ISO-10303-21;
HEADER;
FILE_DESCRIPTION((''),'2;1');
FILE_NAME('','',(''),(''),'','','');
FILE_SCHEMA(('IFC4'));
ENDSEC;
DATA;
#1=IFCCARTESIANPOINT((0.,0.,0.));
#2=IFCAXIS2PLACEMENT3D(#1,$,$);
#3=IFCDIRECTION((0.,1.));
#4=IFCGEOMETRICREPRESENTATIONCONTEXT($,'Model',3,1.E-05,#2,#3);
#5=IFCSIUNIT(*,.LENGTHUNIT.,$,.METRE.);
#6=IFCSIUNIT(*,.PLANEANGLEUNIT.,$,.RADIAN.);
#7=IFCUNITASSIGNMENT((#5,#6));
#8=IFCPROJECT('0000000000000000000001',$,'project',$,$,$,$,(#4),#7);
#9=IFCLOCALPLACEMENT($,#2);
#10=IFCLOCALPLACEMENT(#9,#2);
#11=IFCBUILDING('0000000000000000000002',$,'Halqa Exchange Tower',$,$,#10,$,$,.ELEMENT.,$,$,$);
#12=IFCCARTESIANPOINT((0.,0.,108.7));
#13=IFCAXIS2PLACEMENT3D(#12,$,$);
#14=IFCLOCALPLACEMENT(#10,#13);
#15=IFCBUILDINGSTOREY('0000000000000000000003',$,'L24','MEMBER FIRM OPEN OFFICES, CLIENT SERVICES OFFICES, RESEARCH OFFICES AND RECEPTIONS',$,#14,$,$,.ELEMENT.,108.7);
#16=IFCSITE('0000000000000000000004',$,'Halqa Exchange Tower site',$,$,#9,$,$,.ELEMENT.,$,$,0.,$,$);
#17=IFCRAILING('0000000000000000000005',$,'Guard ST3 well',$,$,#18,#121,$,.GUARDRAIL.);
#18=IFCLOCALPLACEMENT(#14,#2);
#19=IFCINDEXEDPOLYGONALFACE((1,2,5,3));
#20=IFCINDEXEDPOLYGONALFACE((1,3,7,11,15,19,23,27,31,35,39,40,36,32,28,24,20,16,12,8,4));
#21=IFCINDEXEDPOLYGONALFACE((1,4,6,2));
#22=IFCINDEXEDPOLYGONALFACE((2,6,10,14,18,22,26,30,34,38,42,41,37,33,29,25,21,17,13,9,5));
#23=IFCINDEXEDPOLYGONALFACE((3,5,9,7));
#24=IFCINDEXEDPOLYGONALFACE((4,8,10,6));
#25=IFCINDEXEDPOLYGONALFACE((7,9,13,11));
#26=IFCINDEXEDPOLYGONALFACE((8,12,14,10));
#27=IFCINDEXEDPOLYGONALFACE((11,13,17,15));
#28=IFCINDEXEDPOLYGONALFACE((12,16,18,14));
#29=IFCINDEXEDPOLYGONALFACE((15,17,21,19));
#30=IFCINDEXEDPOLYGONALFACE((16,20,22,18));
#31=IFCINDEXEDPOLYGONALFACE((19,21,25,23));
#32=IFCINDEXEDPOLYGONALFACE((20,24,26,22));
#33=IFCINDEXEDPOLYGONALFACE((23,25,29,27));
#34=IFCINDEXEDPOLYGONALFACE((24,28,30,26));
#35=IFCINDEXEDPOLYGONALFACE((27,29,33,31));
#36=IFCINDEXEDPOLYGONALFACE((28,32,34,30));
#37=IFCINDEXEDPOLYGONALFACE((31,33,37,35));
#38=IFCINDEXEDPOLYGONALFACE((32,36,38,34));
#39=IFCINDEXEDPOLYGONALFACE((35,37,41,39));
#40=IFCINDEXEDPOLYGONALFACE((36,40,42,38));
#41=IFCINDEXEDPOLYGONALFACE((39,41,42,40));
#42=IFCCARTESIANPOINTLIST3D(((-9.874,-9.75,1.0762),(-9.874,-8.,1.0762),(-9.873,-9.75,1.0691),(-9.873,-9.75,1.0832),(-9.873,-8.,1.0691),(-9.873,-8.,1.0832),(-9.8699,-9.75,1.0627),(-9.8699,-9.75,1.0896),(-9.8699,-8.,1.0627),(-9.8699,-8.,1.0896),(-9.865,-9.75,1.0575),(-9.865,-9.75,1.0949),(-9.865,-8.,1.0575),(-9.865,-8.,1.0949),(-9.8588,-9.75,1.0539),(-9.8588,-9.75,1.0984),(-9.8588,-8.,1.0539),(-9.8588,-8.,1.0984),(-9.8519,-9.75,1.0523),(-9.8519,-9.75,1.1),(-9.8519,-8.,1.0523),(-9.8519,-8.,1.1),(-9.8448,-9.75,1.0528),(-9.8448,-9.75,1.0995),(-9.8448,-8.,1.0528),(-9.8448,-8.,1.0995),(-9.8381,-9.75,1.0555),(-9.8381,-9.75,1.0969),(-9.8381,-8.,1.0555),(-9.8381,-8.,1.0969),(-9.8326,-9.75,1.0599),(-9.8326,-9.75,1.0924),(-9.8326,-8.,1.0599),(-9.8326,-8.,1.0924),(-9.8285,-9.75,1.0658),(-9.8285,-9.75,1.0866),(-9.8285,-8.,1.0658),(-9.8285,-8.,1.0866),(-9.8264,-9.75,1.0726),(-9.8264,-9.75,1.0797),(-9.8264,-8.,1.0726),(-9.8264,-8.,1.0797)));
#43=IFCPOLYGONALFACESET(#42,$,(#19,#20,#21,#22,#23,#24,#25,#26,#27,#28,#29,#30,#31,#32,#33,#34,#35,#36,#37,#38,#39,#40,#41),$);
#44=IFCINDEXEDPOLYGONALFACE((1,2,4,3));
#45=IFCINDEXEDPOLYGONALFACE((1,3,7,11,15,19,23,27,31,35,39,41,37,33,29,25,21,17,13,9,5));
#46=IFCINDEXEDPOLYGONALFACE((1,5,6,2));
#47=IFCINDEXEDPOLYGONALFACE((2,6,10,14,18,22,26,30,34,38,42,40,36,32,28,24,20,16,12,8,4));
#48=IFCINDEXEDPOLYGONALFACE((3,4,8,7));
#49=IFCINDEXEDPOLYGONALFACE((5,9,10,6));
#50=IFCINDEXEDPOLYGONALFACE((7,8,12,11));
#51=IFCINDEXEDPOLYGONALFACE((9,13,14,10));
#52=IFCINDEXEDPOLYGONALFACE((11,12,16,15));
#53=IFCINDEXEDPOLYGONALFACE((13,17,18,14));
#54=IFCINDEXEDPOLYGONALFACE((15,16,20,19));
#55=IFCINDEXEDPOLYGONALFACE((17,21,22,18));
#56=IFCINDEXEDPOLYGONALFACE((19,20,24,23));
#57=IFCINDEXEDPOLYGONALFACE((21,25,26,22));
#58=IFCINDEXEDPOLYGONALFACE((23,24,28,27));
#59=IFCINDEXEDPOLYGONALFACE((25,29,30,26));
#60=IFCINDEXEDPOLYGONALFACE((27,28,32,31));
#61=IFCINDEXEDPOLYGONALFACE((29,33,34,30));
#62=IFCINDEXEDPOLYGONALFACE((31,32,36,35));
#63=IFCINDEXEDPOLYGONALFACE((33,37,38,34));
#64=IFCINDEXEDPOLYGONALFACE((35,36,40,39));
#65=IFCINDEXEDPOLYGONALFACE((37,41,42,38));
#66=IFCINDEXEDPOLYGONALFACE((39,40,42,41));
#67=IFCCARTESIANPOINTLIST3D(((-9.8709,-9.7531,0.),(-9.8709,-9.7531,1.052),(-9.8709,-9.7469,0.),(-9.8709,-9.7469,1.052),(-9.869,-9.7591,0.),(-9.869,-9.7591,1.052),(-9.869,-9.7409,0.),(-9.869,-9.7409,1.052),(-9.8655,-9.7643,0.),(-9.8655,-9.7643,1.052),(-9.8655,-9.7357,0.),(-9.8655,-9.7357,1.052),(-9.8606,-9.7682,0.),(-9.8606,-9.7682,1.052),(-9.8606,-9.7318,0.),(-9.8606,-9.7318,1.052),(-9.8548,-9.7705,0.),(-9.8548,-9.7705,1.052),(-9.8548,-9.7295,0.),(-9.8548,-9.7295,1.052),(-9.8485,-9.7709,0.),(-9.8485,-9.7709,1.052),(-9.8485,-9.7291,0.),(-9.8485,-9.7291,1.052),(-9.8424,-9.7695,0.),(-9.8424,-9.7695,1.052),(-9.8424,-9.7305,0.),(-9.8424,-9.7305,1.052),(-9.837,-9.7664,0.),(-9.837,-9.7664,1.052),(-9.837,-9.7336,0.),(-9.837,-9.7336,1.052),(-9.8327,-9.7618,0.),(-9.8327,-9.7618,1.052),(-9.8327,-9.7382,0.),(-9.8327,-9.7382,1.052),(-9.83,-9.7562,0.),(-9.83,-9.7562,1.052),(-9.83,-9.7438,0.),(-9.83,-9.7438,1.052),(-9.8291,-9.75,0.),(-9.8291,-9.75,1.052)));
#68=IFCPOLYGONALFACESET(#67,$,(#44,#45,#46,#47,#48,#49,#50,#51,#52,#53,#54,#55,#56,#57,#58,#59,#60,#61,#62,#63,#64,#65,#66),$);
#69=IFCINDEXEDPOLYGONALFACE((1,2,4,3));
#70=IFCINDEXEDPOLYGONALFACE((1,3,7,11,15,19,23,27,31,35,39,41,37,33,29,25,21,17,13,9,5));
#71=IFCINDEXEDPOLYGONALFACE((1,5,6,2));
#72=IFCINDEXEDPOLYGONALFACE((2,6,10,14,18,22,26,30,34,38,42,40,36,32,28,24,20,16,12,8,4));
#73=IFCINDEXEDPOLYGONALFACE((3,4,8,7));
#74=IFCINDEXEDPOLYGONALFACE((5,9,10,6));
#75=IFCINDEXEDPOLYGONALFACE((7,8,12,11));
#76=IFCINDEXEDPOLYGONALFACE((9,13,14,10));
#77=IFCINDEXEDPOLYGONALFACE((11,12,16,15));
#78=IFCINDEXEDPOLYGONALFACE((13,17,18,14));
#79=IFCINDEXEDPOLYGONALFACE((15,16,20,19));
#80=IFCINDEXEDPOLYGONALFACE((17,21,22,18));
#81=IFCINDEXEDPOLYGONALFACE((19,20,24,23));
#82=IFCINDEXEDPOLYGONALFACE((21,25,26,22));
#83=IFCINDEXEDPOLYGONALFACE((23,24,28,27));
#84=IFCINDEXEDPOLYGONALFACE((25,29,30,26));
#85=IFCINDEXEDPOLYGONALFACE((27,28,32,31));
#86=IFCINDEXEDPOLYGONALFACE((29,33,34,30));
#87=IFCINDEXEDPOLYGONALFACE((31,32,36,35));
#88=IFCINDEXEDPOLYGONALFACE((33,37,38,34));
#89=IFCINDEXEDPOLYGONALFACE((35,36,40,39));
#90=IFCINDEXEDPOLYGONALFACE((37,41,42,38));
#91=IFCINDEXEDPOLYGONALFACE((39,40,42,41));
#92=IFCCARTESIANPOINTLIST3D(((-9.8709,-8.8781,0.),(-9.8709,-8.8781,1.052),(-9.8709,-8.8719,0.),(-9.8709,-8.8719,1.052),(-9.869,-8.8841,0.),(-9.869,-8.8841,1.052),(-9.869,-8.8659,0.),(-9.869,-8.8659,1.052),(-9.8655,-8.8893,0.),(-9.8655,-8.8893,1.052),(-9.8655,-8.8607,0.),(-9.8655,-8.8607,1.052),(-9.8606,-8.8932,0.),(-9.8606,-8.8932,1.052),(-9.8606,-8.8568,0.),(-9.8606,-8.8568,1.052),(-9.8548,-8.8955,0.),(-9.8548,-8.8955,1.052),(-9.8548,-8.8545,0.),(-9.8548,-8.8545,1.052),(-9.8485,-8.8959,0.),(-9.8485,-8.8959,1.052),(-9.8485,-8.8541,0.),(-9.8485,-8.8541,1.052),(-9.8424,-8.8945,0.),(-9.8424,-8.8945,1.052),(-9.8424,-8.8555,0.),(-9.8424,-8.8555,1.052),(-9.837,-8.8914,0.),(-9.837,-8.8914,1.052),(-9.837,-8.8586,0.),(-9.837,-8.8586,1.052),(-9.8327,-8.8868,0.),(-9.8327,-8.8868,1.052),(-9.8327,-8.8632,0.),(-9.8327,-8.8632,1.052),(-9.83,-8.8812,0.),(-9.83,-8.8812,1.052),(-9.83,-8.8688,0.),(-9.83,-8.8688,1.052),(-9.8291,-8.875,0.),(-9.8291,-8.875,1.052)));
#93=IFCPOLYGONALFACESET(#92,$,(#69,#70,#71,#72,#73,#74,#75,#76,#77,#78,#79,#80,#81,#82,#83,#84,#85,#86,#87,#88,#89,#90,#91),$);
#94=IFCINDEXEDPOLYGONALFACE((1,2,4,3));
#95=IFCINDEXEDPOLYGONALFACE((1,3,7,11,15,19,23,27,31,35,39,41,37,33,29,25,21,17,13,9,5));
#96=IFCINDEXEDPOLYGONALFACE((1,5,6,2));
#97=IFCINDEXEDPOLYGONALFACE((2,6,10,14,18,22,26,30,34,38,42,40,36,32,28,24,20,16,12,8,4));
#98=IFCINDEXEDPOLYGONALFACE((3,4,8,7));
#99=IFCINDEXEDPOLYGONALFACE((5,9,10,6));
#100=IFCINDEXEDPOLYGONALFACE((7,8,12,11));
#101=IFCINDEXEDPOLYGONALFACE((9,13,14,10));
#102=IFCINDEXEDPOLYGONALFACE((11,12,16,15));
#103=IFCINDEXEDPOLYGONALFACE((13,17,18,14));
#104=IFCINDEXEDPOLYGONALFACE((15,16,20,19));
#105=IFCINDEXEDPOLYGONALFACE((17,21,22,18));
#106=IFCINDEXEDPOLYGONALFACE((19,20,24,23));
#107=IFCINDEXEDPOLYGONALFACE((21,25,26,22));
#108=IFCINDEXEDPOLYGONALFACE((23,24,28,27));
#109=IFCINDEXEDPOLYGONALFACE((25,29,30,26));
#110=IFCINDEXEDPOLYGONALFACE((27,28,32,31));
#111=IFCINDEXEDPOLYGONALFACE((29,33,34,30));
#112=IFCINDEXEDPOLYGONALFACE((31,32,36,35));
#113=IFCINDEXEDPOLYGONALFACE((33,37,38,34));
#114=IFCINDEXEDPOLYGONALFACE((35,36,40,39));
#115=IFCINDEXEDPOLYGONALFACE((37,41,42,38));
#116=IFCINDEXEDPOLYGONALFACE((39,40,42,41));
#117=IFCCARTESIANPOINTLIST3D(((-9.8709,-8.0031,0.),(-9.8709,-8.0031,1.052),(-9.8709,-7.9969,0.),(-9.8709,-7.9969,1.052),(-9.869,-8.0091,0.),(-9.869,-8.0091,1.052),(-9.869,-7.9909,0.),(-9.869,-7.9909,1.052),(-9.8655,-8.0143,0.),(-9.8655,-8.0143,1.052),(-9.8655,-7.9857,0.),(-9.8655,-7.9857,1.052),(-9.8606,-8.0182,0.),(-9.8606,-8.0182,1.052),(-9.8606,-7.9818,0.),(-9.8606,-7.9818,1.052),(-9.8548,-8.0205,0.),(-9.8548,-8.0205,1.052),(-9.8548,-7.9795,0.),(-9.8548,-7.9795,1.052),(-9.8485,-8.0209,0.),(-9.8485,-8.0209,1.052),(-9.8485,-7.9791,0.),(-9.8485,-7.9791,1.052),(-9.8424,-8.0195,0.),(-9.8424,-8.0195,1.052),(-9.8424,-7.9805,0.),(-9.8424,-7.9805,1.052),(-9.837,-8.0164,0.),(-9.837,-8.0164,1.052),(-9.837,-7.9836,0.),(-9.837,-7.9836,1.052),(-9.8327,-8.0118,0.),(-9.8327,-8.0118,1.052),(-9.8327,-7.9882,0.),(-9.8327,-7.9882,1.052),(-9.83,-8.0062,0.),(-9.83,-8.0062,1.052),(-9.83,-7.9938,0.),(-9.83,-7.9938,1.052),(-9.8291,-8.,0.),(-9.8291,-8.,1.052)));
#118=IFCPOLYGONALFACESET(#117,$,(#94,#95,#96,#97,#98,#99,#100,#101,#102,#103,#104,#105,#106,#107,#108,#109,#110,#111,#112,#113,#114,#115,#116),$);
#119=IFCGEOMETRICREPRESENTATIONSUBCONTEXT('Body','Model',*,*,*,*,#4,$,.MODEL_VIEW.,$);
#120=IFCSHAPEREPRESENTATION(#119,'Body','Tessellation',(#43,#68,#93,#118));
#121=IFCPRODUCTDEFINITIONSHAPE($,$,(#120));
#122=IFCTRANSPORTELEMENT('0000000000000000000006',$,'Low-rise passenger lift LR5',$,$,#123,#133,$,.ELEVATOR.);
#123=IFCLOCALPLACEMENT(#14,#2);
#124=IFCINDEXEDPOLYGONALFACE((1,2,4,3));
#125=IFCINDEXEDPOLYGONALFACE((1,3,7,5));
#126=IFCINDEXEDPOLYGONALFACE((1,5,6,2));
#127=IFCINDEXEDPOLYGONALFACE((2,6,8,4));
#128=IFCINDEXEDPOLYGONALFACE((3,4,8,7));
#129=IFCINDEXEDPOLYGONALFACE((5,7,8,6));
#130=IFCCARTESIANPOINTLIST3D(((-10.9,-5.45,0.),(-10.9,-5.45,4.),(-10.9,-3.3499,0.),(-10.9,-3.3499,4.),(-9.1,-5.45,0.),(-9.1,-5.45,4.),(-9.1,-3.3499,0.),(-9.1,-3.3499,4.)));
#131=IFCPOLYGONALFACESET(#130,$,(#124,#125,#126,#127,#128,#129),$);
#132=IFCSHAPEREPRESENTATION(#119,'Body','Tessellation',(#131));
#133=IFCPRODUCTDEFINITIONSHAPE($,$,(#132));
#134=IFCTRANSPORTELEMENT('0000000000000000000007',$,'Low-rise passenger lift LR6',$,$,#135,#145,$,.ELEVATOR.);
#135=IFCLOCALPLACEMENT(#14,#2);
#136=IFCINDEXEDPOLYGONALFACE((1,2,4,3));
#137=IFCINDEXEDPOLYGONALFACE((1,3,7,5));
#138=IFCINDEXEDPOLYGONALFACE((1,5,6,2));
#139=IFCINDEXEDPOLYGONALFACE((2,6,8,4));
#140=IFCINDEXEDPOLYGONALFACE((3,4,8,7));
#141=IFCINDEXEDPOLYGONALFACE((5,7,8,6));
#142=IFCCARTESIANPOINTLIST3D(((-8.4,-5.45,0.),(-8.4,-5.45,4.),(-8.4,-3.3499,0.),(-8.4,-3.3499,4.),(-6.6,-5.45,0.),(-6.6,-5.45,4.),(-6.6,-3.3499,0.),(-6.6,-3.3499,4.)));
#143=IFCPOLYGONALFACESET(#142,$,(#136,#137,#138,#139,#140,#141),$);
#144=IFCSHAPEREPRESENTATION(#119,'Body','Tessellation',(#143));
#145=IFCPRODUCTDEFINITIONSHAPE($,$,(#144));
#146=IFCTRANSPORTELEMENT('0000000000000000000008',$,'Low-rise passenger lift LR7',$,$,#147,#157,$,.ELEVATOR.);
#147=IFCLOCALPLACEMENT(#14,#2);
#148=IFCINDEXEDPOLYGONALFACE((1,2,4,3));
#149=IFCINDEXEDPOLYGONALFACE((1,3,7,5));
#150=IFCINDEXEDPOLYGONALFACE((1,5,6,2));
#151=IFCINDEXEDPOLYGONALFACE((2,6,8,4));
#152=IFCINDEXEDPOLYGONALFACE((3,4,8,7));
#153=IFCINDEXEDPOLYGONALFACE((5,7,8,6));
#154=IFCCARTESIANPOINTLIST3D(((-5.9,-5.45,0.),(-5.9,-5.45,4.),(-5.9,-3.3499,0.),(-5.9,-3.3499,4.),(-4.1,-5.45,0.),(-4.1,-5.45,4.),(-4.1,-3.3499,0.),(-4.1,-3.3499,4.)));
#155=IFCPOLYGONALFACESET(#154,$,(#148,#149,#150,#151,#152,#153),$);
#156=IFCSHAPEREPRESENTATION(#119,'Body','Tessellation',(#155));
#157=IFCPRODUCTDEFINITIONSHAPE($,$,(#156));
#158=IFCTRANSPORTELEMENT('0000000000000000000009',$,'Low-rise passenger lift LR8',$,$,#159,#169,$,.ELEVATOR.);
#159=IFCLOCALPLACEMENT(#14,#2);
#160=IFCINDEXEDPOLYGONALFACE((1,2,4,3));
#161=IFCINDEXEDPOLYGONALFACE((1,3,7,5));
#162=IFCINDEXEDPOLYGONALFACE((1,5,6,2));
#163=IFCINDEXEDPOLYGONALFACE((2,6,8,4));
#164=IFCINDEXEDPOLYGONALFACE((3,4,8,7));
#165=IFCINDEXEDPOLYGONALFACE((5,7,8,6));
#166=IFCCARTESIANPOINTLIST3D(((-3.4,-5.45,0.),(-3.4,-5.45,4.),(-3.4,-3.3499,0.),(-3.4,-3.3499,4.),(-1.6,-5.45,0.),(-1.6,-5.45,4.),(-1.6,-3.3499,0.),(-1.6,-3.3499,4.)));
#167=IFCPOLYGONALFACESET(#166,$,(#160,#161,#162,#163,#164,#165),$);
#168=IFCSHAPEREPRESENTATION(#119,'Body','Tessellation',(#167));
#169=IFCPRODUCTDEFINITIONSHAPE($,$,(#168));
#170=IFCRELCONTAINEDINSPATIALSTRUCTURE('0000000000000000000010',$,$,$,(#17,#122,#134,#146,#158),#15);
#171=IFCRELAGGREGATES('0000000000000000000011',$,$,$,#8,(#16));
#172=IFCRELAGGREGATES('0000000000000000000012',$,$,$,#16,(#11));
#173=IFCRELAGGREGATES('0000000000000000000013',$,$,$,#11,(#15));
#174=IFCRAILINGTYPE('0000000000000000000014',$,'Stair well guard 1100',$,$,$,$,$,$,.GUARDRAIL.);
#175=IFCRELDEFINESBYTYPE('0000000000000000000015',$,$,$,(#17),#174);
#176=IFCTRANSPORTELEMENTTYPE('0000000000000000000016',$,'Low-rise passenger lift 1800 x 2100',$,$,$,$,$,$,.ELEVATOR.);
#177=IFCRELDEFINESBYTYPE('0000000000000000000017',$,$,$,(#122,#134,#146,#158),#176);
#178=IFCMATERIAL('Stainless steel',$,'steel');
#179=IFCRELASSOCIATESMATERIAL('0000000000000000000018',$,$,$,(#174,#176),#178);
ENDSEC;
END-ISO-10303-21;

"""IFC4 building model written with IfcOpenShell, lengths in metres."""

from ifc_helpers import new_model, si_unit, direction, frame, origin, origin_2d, place, context, subcontext, project, spatial, rectangle, circle, extrude, material, type_object, element, save


model = new_model("IFC4")

# Units and contexts
model_context = context("Model", 3, precision=1e-05, world=origin(), true_north=direction((0.0, 1.0)))
body_context = subcontext(model_context, "Body", "Model", "MODEL_VIEW")
ifc_project = project(units=[si_unit("LENGTHUNIT", "METRE"), si_unit("PLANEANGLEUNIT", "RADIAN")], contexts=[model_context])

# Site, building, storey
site_placement = place(None, origin())
site = spatial("IfcSite", under=ifc_project, at=site_placement, Name="Halqa Exchange Tower site", CompositionType="ELEMENT", RefElevation=0.0)
building_placement = place(site_placement, origin())
building = spatial("IfcBuilding", under=site, at=building_placement, Name="Halqa Exchange Tower", CompositionType="ELEMENT")
storey_placement = place(building_placement, frame((0.0, 0.0, 108.7)))
storey = spatial("IfcBuildingStorey", under=building, at=storey_placement, Name="L24", Description="MEMBER FIRM OPEN OFFICES, CLIENT SERVICES OFFICES, RESEARCH OFFICES AND RECEPTIONS", CompositionType="ELEMENT", Elevation=108.7)

# Shared definitions
ifc_material_1 = material(Name="Stainless steel", Category="steel")

# Railing
railing_type_1 = type_object("IfcRailingType", Name="Stair well guard 1100", PredefinedType="GUARDRAIL", material=ifc_material_1)
railing_1_placement = place(storey_placement, frame((-9.8501, -9.75, 0.0)))
element("IfcRailing", 1, at=railing_1_placement, inside=storey, type_object=railing_type_1, Name="Guard ST3 well", PredefinedType="GUARDRAIL", context=body_context, shape_type="SweptSolid", body=[
    extrude(circle(Radius=0.0239, at=origin_2d()), frame((0.0, 0.0, 1.0762), z_axis=(0.0, 1.0, 0.0), x_axis=(-1.0, 0.0, 0.0)), (0.0, 0.0, 1.0), 1.75),
    extrude(circle(Radius=0.021, at=origin_2d()), origin(), (0.0, 0.0, 1.0), 1.052),
    extrude(circle(Radius=0.021, at=origin_2d()), frame((0.0, 0.875, 0.0)), (0.0, 0.0, 1.0), 1.052),
    extrude(circle(Radius=0.021, at=origin_2d()), frame((0.0, 1.75, 0.0)), (0.0, 0.0, 1.0), 1.052),
])

# Transport elements
transport_element_type = type_object("IfcTransportElementType", Name="Low-rise passenger lift 1800 x 2100", PredefinedType="ELEVATOR", material=ifc_material_1)
for number, where, z_axis, x_axis, name in (
    (2, (-10.0, -4.3999, 0.0), (0.0, 0.0, 1.0), (1.0, 0.0, 0.0), "Low-rise passenger lift LR5"),
    (3, (-7.5, -4.3999, 0.0), (0.0, 0.0, 1.0), (1.0, 0.0, 0.0), "Low-rise passenger lift LR6"),
    (4, (-5.0, -4.3999, 0.0), (0.0, 0.0, 1.0), (1.0, 0.0, 0.0), "Low-rise passenger lift LR7"),
    (5, (-2.5, -4.3999, 0.0), (0.0, 0.0, 1.0), (1.0, 0.0, 0.0), "Low-rise passenger lift LR8"),
):
    element("IfcTransportElement", number, at=place(storey_placement, frame(where, z_axis=z_axis, x_axis=x_axis)), inside=storey, type_object=transport_element_type, Name=name, PredefinedType="ELEVATOR", context=body_context, shape_type="SweptSolid", body=[
        extrude(rectangle(XDim=1.8, YDim=2.1001, at=origin_2d()), origin(), (0.0, 0.0, 1.0), 4.0),
    ])

save(model, "model.ifc")
